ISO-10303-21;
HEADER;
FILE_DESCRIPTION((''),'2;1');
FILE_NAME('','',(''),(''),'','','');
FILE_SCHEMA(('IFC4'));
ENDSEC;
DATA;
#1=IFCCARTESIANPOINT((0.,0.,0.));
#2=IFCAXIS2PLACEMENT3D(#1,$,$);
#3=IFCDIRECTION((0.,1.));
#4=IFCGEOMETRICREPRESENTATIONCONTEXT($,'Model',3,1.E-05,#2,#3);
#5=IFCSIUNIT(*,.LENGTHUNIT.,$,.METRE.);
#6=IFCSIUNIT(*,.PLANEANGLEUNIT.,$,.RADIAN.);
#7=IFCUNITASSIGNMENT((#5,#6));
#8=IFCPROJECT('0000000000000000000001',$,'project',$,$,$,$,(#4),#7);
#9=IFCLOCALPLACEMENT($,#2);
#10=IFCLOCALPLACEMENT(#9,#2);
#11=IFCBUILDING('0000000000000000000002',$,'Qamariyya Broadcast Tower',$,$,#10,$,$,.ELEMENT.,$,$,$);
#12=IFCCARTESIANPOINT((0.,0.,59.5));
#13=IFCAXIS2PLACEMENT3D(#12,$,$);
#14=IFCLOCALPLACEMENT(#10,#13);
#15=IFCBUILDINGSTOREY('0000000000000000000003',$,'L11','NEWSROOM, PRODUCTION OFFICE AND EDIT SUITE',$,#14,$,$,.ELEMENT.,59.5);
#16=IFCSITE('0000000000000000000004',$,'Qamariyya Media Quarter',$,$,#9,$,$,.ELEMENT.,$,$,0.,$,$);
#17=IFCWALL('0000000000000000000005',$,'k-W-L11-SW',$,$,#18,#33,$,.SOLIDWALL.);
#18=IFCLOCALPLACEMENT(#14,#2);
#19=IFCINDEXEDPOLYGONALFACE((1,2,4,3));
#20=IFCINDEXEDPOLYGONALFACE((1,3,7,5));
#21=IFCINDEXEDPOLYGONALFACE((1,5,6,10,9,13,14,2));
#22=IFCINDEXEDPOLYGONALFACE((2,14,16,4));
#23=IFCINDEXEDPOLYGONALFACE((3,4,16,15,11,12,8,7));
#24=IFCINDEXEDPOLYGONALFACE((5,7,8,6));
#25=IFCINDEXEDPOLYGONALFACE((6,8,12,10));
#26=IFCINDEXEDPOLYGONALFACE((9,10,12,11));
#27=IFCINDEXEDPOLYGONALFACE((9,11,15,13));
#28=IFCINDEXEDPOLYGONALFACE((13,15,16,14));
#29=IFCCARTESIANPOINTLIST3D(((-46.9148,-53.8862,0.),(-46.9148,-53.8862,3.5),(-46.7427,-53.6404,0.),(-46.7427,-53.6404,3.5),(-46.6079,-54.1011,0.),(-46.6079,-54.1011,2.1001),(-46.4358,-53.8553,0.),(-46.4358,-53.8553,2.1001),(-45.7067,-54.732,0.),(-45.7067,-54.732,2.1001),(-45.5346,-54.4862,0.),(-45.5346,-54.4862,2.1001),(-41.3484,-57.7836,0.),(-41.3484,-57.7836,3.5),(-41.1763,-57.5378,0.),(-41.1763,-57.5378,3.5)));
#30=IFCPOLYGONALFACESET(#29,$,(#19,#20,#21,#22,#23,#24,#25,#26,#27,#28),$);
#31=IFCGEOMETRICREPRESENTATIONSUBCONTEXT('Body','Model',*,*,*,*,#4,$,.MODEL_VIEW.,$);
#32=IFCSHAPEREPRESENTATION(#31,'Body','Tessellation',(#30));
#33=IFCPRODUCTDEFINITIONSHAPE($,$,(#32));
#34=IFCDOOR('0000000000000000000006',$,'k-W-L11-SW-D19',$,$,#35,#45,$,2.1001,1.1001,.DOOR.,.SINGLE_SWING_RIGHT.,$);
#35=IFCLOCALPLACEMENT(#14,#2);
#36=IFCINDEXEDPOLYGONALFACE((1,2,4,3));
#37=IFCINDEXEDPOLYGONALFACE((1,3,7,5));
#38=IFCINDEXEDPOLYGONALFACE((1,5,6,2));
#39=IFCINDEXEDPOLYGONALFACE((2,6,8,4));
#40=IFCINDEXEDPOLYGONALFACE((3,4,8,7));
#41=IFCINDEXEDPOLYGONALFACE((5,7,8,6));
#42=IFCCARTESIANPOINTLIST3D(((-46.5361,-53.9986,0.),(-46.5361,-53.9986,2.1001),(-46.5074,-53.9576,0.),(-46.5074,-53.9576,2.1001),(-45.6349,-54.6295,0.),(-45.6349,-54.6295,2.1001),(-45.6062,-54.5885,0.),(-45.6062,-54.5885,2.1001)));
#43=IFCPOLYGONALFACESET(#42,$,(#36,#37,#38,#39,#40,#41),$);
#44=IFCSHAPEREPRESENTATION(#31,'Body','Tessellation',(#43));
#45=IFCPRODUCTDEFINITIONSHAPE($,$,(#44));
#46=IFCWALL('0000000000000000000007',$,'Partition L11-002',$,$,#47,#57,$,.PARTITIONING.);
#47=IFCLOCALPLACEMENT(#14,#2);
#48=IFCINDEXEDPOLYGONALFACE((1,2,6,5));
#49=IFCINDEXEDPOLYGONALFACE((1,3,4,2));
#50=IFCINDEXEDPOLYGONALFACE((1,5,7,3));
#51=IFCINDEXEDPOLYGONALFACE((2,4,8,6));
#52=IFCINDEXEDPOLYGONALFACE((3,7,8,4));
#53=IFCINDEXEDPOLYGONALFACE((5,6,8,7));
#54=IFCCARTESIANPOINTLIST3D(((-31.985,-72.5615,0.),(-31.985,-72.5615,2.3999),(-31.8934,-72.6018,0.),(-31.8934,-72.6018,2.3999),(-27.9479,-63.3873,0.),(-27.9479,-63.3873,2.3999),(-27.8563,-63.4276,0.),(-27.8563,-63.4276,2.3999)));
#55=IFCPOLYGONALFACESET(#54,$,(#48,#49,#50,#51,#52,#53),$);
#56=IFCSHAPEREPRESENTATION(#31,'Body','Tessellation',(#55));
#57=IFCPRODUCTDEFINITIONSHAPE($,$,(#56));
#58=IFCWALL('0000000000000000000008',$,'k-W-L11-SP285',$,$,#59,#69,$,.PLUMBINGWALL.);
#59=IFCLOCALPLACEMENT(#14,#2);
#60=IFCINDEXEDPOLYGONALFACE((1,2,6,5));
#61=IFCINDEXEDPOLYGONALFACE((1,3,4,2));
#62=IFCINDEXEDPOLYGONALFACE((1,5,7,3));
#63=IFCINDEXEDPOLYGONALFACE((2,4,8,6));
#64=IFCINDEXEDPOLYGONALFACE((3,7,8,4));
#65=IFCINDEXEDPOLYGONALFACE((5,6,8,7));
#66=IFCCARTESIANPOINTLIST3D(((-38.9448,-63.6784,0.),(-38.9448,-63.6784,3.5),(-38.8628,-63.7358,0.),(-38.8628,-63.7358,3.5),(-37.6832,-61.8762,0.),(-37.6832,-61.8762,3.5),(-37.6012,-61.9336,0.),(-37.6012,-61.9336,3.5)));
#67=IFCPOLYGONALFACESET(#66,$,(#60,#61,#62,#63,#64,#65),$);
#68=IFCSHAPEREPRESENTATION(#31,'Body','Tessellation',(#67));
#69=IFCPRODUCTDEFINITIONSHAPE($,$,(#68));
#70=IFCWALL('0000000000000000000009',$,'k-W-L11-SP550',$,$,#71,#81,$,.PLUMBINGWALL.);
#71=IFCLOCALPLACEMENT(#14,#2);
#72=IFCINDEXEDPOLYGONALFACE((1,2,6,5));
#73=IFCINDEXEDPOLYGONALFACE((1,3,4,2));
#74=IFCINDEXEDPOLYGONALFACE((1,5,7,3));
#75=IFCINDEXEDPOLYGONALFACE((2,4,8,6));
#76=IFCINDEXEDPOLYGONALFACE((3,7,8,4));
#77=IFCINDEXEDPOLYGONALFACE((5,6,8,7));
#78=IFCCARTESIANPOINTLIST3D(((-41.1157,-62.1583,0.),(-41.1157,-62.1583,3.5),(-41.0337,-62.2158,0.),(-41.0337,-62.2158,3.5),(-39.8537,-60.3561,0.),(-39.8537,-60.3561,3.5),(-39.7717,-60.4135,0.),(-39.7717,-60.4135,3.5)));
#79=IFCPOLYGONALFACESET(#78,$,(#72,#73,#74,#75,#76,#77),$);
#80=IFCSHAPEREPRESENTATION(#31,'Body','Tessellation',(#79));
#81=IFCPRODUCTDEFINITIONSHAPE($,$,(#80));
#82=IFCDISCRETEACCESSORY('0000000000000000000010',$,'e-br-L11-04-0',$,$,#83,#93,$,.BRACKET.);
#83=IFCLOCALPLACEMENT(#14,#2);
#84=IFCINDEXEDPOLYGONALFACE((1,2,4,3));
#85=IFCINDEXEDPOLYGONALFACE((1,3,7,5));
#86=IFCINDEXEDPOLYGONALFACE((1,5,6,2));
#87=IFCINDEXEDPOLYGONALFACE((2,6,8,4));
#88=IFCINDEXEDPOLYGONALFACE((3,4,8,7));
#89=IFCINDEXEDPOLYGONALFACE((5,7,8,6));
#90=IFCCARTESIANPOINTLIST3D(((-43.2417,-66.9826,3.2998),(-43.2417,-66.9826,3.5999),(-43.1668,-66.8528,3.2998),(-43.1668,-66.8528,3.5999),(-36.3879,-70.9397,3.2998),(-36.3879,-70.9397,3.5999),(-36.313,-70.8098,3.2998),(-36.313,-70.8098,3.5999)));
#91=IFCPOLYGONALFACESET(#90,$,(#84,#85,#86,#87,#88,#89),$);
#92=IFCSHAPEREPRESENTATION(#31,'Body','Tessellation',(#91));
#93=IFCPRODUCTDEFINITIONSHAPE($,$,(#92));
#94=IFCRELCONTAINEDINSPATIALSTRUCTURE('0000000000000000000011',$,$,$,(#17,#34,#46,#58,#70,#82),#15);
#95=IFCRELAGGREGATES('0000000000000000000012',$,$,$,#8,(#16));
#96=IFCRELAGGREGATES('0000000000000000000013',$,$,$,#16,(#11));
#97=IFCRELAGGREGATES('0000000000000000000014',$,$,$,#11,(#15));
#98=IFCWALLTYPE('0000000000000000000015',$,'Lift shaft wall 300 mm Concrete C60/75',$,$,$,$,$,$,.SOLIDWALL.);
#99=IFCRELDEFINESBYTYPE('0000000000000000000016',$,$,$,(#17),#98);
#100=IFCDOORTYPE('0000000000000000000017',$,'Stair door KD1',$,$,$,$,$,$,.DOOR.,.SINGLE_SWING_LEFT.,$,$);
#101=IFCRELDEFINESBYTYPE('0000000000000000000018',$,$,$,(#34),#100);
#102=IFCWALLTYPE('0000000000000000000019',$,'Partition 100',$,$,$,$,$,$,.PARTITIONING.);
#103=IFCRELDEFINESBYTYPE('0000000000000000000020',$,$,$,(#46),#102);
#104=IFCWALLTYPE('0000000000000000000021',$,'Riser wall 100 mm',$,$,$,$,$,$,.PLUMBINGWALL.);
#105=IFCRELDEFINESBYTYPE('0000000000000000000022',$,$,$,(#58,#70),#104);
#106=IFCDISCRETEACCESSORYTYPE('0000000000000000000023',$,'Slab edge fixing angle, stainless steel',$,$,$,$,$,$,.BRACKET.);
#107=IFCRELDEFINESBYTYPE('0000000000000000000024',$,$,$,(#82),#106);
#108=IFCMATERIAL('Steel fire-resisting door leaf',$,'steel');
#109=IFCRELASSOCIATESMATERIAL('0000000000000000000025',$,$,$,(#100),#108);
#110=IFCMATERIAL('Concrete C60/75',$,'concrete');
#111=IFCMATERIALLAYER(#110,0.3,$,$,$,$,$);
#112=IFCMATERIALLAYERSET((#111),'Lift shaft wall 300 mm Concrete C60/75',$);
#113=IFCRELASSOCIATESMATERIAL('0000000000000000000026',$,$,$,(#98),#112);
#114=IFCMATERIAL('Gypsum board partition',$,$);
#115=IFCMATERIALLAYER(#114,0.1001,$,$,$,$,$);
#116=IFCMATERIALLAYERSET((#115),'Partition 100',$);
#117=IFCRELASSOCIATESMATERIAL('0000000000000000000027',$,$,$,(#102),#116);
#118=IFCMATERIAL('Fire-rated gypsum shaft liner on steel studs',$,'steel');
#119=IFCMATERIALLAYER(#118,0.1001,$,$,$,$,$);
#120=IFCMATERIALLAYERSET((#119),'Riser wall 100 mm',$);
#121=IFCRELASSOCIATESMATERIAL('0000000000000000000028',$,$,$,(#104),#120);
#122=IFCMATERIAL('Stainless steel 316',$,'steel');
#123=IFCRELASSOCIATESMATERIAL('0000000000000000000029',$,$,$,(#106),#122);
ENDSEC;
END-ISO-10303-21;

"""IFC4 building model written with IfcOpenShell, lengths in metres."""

from ifc_helpers import new_model, si_unit, direction, frame, frame_2d, origin, origin_2d, place, context, subcontext, project, spatial, rectangle, extrude, material, layer, layer_set, type_object, element, fill, save


model = new_model("IFC4")

# Units and contexts
model_context = context("Model", 3, precision=1e-05, world=origin(), true_north=direction((0.0, 1.0)))
body_context = subcontext(model_context, "Body", "Model", "MODEL_VIEW")
ifc_project = project(units=[si_unit("LENGTHUNIT", "METRE"), si_unit("PLANEANGLEUNIT", "RADIAN")], contexts=[model_context])

# Site, building, storey
site_placement = place(None, origin())
site = spatial("IfcSite", under=ifc_project, at=site_placement, Name="Qamariyya Media Quarter", CompositionType="ELEMENT", RefElevation=0.0)
building_placement = place(site_placement, origin())
building = spatial("IfcBuilding", under=site, at=building_placement, Name="Qamariyya Broadcast Tower", CompositionType="ELEMENT")
storey_placement = place(building_placement, frame((0.0, 0.0, 59.5)))
storey = spatial("IfcBuildingStorey", under=building, at=storey_placement, Name="L11", Description="NEWSROOM, PRODUCTION OFFICE AND EDIT SUITE", CompositionType="ELEMENT", Elevation=59.5)

# Shared definitions
ifc_material_1 = material(Name="Steel fire-resisting door leaf", Category="steel")

# Shared definitions
door_type_1 = type_object("IfcDoorType", Name="Stair door KD1", OperationType="SINGLE_SWING_LEFT", PredefinedType="DOOR", material=ifc_material_1)

# Shared definitions
ifc_material_2 = material(Name="Concrete C60/75", Category="concrete")
ifc_layer_1 = layer(ifc_material_2, 0.3)
ifc_layer_set_1 = layer_set([ifc_layer_1], Name="Lift shaft wall 300 mm Concrete C60/75")
wall_type_1 = type_object("IfcWallType", Name="Lift shaft wall 300 mm Concrete C60/75", PredefinedType="SOLIDWALL", material=ifc_layer_set_1)

# Wall, opening, door
wall_1_placement = place(storey_placement, frame((-41.2625, -57.6606, 0.0), z_axis=(0.0, 0.0, 1.0), x_axis=(-0.819164, 0.573559, 0.0)))
wall_1 = element("IfcWall", 1, at=wall_1_placement, inside=storey, type_object=wall_type_1, Name="k-W-L11-SW", PredefinedType="SOLIDWALL", context=body_context, shape_type="SweptSolid", body=[
    extrude(rectangle(XDim=6.7952, YDim=0.3, at=frame_2d((3.3975, 0.0))), origin(), (0.0, 0.0, 1.0), 3.5),
])
opening_1_placement = place(wall_1_placement, frame((5.3203, 0.0, 0.0)))
opening_1 = element("IfcOpeningElement", 2, at=opening_1_placement, cuts=wall_1, PredefinedType="OPENING", context=body_context, shape_type="SweptSolid", body=[
    extrude(rectangle(XDim=1.1001, YDim=2.1001, at=frame_2d((0.55, 1.05))), frame((0.0, 0.1599, 0.0), z_axis=(0.0, -1.0, 0.0), x_axis=(1.0, 0.0, 0.0)), (0.0, 0.0, 1.0), 0.3201),
])
door_1_placement = place(opening_1_placement, origin())
door_1 = element("IfcDoor", 3, at=door_1_placement, inside=storey, type_object=door_type_1, Name="k-W-L11-SW-D19", OperationType="SINGLE_SWING_RIGHT", OverallHeight=2.1001, OverallWidth=1.1001, PredefinedType="DOOR", context=body_context, shape_type="SweptSolid", body=[
    extrude(rectangle(XDim=1.1001, YDim=2.1001, at=frame_2d((0.55, 1.05))), frame((0.0, 0.0249, 0.0), z_axis=(0.0, -1.0, 0.0), x_axis=(1.0, 0.0, 0.0)), (0.0, 0.0, 1.0), 0.05),
])
fill(opening_1, door_1)

# Walls
ifc_material_3 = material(Name="Gypsum board partition")
ifc_layer_2 = layer(ifc_material_3, 0.1001)
ifc_layer_set_2 = layer_set([ifc_layer_2], Name="Partition 100")
wall_type_2 = type_object("IfcWallType", Name="Partition 100", PredefinedType="PARTITIONING", material=ifc_layer_set_2)
wall_2_placement = place(storey_placement, frame((-31.9392, -72.5818, 0.0), z_axis=(0.0, 0.0, 1.0), x_axis=(0.402773, 0.9153, 0.0)))
element("IfcWall", 4, at=wall_2_placement, inside=storey, type_object=wall_type_2, Name="Partition L11-002", PredefinedType="PARTITIONING", context=body_context, shape_type="SweptSolid", body=[
    extrude(rectangle(XDim=10.0232, YDim=0.1001, at=frame_2d((5.0117, 0.0))), origin(), (0.0, 0.0, 1.0), 2.3999),
])
ifc_material_4 = material(Name="Fire-rated gypsum shaft liner on steel studs", Category="steel")
ifc_layer_3 = layer(ifc_material_4, 0.1001)
ifc_layer_set_3 = layer_set([ifc_layer_3], Name="Riser wall 100 mm")
wall_type_3 = type_object("IfcWallType", Name="Riser wall 100 mm", PredefinedType="PLUMBINGWALL", material=ifc_layer_set_3)
wall_3_placement = place(storey_placement, frame((-37.6421, -61.9048, 0.0), z_axis=(0.0, 0.0, 1.0), x_axis=(-0.573507, -0.819201, 0.0)))
element("IfcWall", 5, at=wall_3_placement, inside=storey, type_object=wall_type_3, Name="k-W-L11-SP285", PredefinedType="PLUMBINGWALL", context=body_context, shape_type="SweptSolid", body=[
    extrude(rectangle(XDim=2.2, YDim=0.1001, at=frame_2d((1.1001, 0.0))), origin(), (0.0, 0.0, 1.0), 3.5),
])
wall_4_placement = place(storey_placement, frame((-39.8127, -60.3848, 0.0), z_axis=(0.0, 0.0, 1.0), x_axis=(-0.573581, -0.819149, 0.0)))
element("IfcWall", 6, at=wall_4_placement, inside=storey, type_object=wall_type_3, Name="k-W-L11-SP550", PredefinedType="PLUMBINGWALL", context=body_context, shape_type="SweptSolid", body=[
    extrude(rectangle(XDim=2.2002, YDim=0.1001, at=frame_2d((1.1001, 0.0))), origin(), (0.0, 0.0, 1.0), 3.5),
])

# Discrete accessory
ifc_material_5 = material(Name="Stainless steel 316", Category="steel")
discrete_accessory_type = type_object("IfcDiscreteAccessoryType", Name="Slab edge fixing angle, stainless steel", PredefinedType="BRACKET", material=ifc_material_5)
discrete_accessory_placement = place(storey_placement, frame((-39.7773, -68.8962, 3.2998), z_axis=(0.0, 0.0, 1.0), x_axis=(0.866025, -0.5, 0.0)))
element("IfcDiscreteAccessory", 7, at=discrete_accessory_placement, inside=storey, type_object=discrete_accessory_type, Name="e-br-L11-04-0", PredefinedType="BRACKET", context=body_context, shape_type="SweptSolid", body=[
    extrude(rectangle(XDim=7.9141, YDim=0.1499, at=origin_2d()), origin(), (0.0, 0.0, 1.0), 0.3),
])

save(model, "model.ifc")
